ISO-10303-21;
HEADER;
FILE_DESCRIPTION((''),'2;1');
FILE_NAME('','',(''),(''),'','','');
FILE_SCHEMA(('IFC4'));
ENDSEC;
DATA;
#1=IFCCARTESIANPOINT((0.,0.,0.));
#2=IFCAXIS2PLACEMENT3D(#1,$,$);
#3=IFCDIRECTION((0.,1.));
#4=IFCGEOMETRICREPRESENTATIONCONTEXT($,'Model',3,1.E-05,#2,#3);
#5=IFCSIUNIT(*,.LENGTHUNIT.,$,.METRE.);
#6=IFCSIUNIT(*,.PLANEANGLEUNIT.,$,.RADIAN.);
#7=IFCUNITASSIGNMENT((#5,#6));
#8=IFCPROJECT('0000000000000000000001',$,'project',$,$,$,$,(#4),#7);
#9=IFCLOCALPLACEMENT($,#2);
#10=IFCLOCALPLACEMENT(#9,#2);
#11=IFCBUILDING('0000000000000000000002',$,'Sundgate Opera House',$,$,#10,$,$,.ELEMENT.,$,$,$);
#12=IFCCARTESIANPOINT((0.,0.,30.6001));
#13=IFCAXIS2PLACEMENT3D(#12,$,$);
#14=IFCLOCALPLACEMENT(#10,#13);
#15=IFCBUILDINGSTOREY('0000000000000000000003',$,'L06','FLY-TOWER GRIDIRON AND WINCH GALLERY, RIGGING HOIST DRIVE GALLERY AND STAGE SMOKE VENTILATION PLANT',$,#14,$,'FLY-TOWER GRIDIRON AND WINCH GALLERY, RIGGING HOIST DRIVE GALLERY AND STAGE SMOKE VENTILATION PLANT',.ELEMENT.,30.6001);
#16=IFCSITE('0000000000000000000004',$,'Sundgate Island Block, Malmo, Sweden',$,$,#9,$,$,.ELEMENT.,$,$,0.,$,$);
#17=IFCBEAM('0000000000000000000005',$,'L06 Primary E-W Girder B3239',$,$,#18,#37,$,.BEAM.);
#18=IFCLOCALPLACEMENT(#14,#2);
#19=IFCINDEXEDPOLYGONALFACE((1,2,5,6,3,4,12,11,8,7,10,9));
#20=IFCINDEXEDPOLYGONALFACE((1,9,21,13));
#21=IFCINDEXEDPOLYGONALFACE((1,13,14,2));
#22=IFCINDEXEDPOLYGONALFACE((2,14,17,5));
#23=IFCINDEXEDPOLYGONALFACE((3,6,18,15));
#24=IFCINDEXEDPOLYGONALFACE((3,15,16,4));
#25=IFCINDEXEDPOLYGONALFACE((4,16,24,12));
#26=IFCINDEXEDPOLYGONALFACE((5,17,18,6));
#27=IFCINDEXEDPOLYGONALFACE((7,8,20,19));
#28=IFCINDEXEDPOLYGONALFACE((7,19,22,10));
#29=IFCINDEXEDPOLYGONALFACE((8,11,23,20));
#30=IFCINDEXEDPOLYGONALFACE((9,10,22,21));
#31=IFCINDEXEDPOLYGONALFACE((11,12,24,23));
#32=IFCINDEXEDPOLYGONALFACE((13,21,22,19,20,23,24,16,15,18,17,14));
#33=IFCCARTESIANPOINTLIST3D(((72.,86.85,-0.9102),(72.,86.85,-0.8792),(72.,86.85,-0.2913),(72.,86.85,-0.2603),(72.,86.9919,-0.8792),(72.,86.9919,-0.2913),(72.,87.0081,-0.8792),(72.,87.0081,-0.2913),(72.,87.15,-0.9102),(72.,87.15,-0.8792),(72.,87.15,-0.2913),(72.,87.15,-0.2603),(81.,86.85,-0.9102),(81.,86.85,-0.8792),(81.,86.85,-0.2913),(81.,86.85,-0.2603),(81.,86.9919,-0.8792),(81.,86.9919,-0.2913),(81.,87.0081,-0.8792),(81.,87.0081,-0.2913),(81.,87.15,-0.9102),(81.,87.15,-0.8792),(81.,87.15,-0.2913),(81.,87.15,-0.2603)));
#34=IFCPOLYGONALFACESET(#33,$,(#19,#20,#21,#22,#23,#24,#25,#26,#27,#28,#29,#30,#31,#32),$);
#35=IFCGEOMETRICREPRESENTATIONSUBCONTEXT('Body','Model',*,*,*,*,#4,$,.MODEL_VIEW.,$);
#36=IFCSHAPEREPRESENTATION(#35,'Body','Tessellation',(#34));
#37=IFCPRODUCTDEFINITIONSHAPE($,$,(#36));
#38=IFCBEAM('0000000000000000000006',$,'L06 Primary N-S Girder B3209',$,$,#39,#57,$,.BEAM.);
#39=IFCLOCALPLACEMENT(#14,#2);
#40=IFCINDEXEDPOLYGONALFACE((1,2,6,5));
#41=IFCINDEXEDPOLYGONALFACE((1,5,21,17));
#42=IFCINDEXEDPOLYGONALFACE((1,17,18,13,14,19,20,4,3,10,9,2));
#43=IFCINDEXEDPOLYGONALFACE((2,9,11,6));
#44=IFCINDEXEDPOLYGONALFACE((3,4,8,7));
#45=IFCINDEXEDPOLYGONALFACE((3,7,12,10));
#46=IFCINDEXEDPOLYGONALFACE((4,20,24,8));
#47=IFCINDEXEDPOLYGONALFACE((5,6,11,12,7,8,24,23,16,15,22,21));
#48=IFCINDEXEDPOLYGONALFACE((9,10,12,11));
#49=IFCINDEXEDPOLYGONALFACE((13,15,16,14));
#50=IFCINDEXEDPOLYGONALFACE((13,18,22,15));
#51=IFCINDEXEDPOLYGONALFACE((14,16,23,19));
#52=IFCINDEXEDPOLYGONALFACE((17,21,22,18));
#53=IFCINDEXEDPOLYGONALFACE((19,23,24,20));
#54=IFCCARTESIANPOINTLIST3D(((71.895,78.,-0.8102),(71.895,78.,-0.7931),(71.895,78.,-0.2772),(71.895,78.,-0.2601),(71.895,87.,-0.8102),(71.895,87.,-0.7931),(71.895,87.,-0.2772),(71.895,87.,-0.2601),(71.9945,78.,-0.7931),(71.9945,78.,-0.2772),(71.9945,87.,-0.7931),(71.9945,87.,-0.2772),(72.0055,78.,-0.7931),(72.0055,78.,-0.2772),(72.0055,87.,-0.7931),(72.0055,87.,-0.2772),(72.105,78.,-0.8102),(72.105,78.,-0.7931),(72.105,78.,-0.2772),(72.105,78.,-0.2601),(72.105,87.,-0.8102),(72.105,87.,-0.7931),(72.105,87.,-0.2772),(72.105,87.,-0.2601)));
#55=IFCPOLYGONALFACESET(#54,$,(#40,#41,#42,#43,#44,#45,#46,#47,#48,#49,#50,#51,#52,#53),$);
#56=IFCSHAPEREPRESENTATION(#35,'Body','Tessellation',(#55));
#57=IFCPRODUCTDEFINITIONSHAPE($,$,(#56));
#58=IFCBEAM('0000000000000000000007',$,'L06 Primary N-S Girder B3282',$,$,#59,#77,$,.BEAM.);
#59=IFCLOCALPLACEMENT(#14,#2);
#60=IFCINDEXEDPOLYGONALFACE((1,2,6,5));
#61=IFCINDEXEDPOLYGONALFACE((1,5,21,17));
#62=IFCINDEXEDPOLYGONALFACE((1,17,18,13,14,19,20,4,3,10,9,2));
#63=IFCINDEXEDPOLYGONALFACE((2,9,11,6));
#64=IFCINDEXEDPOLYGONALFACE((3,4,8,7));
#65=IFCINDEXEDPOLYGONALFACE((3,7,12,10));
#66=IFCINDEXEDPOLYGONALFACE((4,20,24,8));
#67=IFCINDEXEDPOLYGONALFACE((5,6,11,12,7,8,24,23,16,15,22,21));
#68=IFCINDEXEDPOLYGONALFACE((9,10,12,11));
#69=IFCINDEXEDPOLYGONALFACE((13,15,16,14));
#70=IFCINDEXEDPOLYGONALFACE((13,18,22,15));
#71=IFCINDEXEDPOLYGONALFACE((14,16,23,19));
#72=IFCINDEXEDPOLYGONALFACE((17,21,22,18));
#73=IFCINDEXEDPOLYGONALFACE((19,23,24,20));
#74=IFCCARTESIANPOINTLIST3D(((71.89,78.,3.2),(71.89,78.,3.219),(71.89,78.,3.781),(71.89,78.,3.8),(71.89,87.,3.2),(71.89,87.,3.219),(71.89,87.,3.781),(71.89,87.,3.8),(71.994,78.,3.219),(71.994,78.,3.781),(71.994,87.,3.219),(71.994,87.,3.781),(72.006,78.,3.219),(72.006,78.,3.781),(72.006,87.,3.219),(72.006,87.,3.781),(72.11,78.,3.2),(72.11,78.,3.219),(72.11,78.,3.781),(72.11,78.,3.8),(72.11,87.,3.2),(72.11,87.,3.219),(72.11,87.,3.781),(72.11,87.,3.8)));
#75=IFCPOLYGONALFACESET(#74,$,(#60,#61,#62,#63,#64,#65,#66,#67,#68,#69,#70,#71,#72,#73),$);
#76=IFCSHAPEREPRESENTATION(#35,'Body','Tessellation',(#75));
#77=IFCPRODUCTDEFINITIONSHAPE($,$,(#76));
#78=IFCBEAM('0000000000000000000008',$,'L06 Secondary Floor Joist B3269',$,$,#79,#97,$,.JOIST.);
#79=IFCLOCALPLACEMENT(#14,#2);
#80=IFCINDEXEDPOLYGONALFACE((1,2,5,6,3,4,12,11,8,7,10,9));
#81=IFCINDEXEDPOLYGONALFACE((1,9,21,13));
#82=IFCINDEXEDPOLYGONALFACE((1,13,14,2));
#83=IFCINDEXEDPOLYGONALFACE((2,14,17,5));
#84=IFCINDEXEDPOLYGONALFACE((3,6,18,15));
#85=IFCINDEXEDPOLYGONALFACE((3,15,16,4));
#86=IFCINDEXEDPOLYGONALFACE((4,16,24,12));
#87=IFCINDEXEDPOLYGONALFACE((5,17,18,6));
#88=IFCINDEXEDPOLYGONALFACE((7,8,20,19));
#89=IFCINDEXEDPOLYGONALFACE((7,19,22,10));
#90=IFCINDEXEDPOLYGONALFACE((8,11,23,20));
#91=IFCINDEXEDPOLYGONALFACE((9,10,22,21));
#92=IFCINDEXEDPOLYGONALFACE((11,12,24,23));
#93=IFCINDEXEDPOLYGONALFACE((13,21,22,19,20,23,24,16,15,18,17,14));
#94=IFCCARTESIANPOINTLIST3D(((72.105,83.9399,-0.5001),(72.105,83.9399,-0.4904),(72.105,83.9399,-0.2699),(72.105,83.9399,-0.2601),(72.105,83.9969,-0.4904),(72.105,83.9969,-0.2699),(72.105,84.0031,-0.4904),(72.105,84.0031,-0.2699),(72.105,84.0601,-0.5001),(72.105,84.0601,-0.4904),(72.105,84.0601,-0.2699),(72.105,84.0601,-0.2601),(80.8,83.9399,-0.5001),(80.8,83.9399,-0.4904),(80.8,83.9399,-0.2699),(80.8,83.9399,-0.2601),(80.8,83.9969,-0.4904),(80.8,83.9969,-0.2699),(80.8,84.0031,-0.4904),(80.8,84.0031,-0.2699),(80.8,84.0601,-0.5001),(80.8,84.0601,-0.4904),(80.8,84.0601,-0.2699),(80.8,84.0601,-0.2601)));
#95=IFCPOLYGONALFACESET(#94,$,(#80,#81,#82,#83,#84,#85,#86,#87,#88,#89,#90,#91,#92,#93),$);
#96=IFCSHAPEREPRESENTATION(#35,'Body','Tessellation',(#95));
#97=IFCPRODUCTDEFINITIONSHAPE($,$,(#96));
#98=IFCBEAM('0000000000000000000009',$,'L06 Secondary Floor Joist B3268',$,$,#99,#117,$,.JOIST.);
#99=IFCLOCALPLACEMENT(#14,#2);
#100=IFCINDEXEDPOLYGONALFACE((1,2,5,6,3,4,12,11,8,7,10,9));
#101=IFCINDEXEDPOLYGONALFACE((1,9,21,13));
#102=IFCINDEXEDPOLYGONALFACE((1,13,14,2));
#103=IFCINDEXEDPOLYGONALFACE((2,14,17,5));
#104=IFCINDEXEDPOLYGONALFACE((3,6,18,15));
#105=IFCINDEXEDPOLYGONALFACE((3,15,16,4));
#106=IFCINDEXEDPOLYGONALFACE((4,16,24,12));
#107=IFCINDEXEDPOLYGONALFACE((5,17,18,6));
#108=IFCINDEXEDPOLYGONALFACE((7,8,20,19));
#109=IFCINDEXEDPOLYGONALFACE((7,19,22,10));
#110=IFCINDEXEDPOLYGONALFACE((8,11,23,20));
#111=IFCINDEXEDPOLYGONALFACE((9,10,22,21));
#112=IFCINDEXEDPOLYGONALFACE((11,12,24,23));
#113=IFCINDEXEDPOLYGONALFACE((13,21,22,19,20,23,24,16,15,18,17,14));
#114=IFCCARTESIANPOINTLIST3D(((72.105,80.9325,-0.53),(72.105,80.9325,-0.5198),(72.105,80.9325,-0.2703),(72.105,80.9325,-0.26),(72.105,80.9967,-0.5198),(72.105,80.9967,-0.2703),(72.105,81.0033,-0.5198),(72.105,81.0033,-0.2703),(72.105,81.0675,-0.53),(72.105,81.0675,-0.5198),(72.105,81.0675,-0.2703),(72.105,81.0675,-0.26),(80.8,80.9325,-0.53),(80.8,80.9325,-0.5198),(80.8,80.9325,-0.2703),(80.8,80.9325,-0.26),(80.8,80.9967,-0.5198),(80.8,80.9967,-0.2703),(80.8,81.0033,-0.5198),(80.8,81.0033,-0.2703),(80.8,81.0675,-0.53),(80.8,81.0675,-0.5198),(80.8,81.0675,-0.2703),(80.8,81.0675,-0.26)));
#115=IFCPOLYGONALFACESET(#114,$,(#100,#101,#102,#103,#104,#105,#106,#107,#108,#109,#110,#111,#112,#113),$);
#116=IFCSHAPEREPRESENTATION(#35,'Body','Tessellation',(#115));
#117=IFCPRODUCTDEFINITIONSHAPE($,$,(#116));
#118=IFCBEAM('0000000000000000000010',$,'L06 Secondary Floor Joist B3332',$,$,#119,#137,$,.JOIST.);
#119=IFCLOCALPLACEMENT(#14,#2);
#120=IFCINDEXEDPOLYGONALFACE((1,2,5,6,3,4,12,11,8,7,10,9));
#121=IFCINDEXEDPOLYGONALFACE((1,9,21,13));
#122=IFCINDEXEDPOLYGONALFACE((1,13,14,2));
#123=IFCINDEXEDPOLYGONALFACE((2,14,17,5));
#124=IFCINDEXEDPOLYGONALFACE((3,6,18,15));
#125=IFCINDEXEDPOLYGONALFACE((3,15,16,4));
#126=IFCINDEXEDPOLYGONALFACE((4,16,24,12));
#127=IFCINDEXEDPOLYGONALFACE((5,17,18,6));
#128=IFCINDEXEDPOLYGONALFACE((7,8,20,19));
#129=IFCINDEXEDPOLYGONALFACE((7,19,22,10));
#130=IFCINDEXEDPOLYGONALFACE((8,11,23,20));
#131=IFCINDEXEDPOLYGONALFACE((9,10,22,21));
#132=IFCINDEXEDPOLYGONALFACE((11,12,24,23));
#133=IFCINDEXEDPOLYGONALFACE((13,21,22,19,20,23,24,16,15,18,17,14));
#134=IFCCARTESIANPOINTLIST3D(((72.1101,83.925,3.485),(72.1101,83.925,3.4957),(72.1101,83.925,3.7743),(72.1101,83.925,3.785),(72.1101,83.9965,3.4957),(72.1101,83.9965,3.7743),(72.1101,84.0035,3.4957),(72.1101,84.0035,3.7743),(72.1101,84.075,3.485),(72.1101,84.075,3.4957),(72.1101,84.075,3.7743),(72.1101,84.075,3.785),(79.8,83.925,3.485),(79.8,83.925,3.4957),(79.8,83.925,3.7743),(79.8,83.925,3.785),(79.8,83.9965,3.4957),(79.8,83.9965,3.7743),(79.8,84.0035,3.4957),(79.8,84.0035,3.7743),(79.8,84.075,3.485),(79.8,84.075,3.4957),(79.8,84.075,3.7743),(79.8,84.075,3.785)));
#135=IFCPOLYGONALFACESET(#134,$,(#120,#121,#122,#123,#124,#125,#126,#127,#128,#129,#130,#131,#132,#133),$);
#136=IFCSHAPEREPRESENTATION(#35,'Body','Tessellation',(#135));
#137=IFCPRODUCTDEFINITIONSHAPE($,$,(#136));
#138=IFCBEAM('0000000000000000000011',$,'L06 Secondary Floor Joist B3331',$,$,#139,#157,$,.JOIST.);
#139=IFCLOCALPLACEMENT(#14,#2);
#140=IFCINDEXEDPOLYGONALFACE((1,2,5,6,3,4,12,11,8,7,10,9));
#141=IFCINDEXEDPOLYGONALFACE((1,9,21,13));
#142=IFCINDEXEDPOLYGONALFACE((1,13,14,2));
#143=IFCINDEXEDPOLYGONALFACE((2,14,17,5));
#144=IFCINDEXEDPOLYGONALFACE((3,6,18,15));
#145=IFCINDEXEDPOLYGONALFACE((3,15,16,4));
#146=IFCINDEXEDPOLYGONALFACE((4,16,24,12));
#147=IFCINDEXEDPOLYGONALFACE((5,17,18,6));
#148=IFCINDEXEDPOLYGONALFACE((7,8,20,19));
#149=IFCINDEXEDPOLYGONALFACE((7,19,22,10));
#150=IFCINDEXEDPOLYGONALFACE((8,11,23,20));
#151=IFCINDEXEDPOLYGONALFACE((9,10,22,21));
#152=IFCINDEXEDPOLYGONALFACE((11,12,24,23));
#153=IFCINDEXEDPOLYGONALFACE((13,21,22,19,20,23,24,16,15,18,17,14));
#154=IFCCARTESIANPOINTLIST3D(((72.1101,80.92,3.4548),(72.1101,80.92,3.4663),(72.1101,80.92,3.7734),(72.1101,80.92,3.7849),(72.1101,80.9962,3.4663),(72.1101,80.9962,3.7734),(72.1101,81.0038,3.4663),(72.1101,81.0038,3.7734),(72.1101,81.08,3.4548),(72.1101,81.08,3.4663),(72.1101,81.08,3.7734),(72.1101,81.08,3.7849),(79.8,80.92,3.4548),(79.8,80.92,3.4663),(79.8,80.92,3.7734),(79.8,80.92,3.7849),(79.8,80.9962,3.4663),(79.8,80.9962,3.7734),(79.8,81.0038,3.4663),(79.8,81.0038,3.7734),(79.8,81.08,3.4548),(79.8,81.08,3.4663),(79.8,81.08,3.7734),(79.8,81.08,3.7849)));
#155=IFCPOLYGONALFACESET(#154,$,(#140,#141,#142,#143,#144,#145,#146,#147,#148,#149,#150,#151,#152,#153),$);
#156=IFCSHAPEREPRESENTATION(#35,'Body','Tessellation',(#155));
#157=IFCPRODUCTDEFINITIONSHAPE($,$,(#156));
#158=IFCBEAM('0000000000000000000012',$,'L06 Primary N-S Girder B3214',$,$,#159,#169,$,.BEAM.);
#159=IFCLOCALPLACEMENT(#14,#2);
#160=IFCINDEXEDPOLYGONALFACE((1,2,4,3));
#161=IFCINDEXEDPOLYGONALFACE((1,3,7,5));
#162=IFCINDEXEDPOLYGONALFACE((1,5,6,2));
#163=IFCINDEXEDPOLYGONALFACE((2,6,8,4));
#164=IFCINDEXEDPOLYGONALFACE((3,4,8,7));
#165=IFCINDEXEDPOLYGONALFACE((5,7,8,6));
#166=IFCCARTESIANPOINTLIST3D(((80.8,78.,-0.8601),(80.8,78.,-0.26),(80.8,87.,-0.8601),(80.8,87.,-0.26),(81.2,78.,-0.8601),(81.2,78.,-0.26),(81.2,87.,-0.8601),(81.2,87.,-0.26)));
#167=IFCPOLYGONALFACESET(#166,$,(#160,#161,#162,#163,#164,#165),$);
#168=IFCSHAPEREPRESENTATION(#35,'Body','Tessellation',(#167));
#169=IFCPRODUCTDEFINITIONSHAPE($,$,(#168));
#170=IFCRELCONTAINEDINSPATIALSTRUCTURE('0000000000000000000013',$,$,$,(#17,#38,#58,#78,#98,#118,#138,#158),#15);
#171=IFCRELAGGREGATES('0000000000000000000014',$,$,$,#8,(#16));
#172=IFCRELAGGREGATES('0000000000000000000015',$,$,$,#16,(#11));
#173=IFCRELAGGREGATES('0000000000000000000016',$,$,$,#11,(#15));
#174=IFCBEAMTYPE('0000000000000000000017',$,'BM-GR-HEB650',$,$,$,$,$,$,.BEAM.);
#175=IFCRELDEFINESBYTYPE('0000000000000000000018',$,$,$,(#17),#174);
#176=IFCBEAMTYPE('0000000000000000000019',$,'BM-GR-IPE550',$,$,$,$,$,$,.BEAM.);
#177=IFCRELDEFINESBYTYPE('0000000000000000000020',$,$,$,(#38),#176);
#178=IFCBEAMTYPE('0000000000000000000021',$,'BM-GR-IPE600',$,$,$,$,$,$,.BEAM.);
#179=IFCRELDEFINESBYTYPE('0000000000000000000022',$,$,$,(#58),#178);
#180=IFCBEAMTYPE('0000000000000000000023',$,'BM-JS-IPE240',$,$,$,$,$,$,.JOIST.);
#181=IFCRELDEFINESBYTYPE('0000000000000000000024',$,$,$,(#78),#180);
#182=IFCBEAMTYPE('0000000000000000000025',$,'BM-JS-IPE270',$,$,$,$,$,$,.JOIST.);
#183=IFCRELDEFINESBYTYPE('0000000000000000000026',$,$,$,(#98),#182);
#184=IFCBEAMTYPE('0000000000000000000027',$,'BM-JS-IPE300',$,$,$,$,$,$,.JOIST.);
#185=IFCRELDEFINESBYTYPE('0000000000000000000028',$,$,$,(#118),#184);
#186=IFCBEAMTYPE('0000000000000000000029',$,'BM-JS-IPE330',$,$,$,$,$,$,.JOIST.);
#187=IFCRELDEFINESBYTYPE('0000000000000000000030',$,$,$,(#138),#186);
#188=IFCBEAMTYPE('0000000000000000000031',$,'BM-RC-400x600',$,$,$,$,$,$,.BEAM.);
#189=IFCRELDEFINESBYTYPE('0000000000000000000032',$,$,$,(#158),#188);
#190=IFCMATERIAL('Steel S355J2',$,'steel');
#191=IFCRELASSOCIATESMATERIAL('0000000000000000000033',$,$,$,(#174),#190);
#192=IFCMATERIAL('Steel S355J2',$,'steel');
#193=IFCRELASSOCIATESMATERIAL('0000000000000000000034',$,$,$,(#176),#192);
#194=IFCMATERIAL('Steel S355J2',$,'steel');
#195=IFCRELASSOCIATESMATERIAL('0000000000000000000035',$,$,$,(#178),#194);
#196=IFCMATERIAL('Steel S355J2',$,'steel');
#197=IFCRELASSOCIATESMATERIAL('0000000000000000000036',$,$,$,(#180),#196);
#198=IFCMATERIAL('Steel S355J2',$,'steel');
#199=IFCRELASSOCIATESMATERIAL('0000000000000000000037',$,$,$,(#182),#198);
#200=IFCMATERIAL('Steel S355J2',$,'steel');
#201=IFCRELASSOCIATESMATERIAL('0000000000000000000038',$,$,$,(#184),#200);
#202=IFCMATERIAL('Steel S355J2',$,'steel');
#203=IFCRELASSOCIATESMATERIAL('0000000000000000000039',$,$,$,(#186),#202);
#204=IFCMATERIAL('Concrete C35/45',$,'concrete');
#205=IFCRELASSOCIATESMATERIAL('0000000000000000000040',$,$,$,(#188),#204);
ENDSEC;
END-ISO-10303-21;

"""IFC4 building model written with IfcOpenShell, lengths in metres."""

from ifc_helpers import new_model, si_unit, direction, frame, origin, origin_2d, place, context, subcontext, project, spatial, rectangle, i_section, extrude, material, material_profile, profile_set, type_object, element, save


model = new_model("IFC4")

# Units and contexts
model_context = context("Model", 3, precision=1e-05, world=origin(), true_north=direction((0.0, 1.0)))
body_context = subcontext(model_context, "Body", "Model", "MODEL_VIEW")
ifc_project = project(units=[si_unit("LENGTHUNIT", "METRE"), si_unit("PLANEANGLEUNIT", "RADIAN")], contexts=[model_context])

# Site, building, storey
site_placement = place(None, origin())
site = spatial("IfcSite", under=ifc_project, at=site_placement, Name="Sundgate Island Block, Malmo, Sweden", CompositionType="ELEMENT", RefElevation=0.0)
building_placement = place(site_placement, origin())
building = spatial("IfcBuilding", under=site, at=building_placement, Name="Sundgate Opera House", CompositionType="ELEMENT")
storey_placement = place(building_placement, frame((0.0, 0.0, 30.6001)))
storey = spatial("IfcBuildingStorey", under=building, at=storey_placement, Name="L06", Description="FLY-TOWER GRIDIRON AND WINCH GALLERY, RIGGING HOIST DRIVE GALLERY AND STAGE SMOKE VENTILATION PLANT", LongName="FLY-TOWER GRIDIRON AND WINCH GALLERY, RIGGING HOIST DRIVE GALLERY AND STAGE SMOKE VENTILATION PLANT", CompositionType="ELEMENT", Elevation=30.6001)

# Beams
ifc_material_1 = material(Name="Steel S355J2", Category="steel")
ifc_material_profile_1 = material_profile(ifc_material_1, i_section(OverallWidth=0.3, OverallDepth=0.6499, WebThickness=0.0161, FlangeThickness=0.031, at=origin_2d()), Name="HEB 650")
ifc_profile_set_1 = profile_set([ifc_material_profile_1], Name="Steel S355J2")
beam_type_1 = type_object("IfcBeamType", Name="BM-GR-HEB650", PredefinedType="BEAM", material=ifc_profile_set_1)
beam_1_placement = place(storey_placement, frame((72.0, 87.0, -0.5852), z_axis=(1.0, 0.0, 0.0), x_axis=(0.0, 1.0, 0.0)))
element("IfcBeam", 1, at=beam_1_placement, inside=storey, type_object=beam_type_1, Name="L06 Primary E-W Girder B3239", PredefinedType="BEAM", context=body_context, shape_type="SweptSolid", body=[
    extrude(i_section(OverallWidth=0.3, OverallDepth=0.6499, WebThickness=0.0161, FlangeThickness=0.031, at=origin_2d()), origin(), (0.0, 0.0, 1.0), 9.0),
])
ifc_material_2 = material(Name="Steel S355J2", Category="steel")
ifc_material_profile_2 = material_profile(ifc_material_2, i_section(OverallWidth=0.21, OverallDepth=0.55, WebThickness=0.011, FlangeThickness=0.0171, at=origin_2d()), Name="IPE 550")
ifc_profile_set_2 = profile_set([ifc_material_profile_2], Name="Steel S355J2")
beam_type_2 = type_object("IfcBeamType", Name="BM-GR-IPE550", PredefinedType="BEAM", material=ifc_profile_set_2)
beam_2_placement = place(storey_placement, frame((72.0, 78.0, -0.5352), z_axis=(0.0, 1.0, 0.0), x_axis=(-1.0, 0.0, 0.0)))
element("IfcBeam", 2, at=beam_2_placement, inside=storey, type_object=beam_type_2, Name="L06 Primary N-S Girder B3209", PredefinedType="BEAM", context=body_context, shape_type="SweptSolid", body=[
    extrude(i_section(OverallWidth=0.21, OverallDepth=0.55, WebThickness=0.011, FlangeThickness=0.0171, at=origin_2d()), origin(), (0.0, 0.0, 1.0), 9.0),
])
ifc_material_3 = material(Name="Steel S355J2", Category="steel")
ifc_material_profile_3 = material_profile(ifc_material_3, i_section(OverallWidth=0.22, OverallDepth=0.6001, WebThickness=0.012, FlangeThickness=0.019, at=origin_2d()), Name="IPE 600")
ifc_profile_set_3 = profile_set([ifc_material_profile_3], Name="Steel S355J2")
beam_type_3 = type_object("IfcBeamType", Name="BM-GR-IPE600", PredefinedType="BEAM", material=ifc_profile_set_3)
beam_3_placement = place(storey_placement, frame((72.0, 78.0, 3.5), z_axis=(0.0, 1.0, 0.0), x_axis=(-1.0, 0.0, 0.0)))
element("IfcBeam", 3, at=beam_3_placement, inside=storey, type_object=beam_type_3, Name="L06 Primary N-S Girder B3282", PredefinedType="BEAM", context=body_context, shape_type="SweptSolid", body=[
    extrude(i_section(OverallWidth=0.22, OverallDepth=0.6001, WebThickness=0.012, FlangeThickness=0.019, at=origin_2d()), origin(), (0.0, 0.0, 1.0), 9.0),
])
ifc_material_4 = material(Name="Steel S355J2", Category="steel")
ifc_material_profile_4 = material_profile(ifc_material_4, i_section(OverallWidth=0.1201, OverallDepth=0.24, WebThickness=0.0061, FlangeThickness=0.0098, at=origin_2d()), Name="IPE 240")
ifc_profile_set_4 = profile_set([ifc_material_profile_4], Name="Steel S355J2")
beam_type_4 = type_object("IfcBeamType", Name="BM-JS-IPE240", PredefinedType="JOIST", material=ifc_profile_set_4)
beam_4_placement = place(storey_placement, frame((72.105, 84.0, -0.3801), z_axis=(1.0, 0.0, 0.0), x_axis=(0.0, 1.0, 0.0)))
element("IfcBeam", 4, at=beam_4_placement, inside=storey, type_object=beam_type_4, Name="L06 Secondary Floor Joist B3269", PredefinedType="JOIST", context=body_context, shape_type="SweptSolid", body=[
    extrude(i_section(OverallWidth=0.1201, OverallDepth=0.24, WebThickness=0.0061, FlangeThickness=0.0098, at=origin_2d()), origin(), (0.0, 0.0, 1.0), 8.6951),
])
ifc_material_5 = material(Name="Steel S355J2", Category="steel")
ifc_material_profile_5 = material_profile(ifc_material_5, i_section(OverallWidth=0.135, OverallDepth=0.27, WebThickness=0.0066, FlangeThickness=0.0103, at=origin_2d()), Name="IPE 270")
ifc_profile_set_5 = profile_set([ifc_material_profile_5], Name="Steel S355J2")
beam_type_5 = type_object("IfcBeamType", Name="BM-JS-IPE270", PredefinedType="JOIST", material=ifc_profile_set_5)
beam_5_placement = place(storey_placement, frame((72.105, 81.0, -0.395), z_axis=(1.0, 0.0, 0.0), x_axis=(0.0, 1.0, 0.0)))
element("IfcBeam", 5, at=beam_5_placement, inside=storey, type_object=beam_type_5, Name="L06 Secondary Floor Joist B3268", PredefinedType="JOIST", context=body_context, shape_type="SweptSolid", body=[
    extrude(i_section(OverallWidth=0.135, OverallDepth=0.27, WebThickness=0.0066, FlangeThickness=0.0103, at=origin_2d()), origin(), (0.0, 0.0, 1.0), 8.6951),
])
ifc_material_6 = material(Name="Steel S355J2", Category="steel")
ifc_material_profile_6 = material_profile(ifc_material_6, i_section(OverallWidth=0.1499, OverallDepth=0.3, WebThickness=0.0071, FlangeThickness=0.0107, at=origin_2d()), Name="IPE 300")
ifc_profile_set_6 = profile_set([ifc_material_profile_6], Name="Steel S355J2")
beam_type_6 = type_object("IfcBeamType", Name="BM-JS-IPE300", PredefinedType="JOIST", material=ifc_profile_set_6)
beam_6_placement = place(storey_placement, frame((72.1101, 84.0, 3.635), z_axis=(1.0, 0.0, 0.0), x_axis=(0.0, 1.0, 0.0)))
element("IfcBeam", 6, at=beam_6_placement, inside=storey, type_object=beam_type_6, Name="L06 Secondary Floor Joist B3332", PredefinedType="JOIST", context=body_context, shape_type="SweptSolid", body=[
    extrude(i_section(OverallWidth=0.1499, OverallDepth=0.3, WebThickness=0.0071, FlangeThickness=0.0107, at=origin_2d()), origin(), (0.0, 0.0, 1.0), 7.6899),
])
ifc_material_7 = material(Name="Steel S355J2", Category="steel")
ifc_material_profile_7 = material_profile(ifc_material_7, i_section(OverallWidth=0.1599, OverallDepth=0.3301, WebThickness=0.0076, FlangeThickness=0.0115, at=origin_2d()), Name="IPE 330")
ifc_profile_set_7 = profile_set([ifc_material_profile_7], Name="Steel S355J2")
beam_type_7 = type_object("IfcBeamType", Name="BM-JS-IPE330", PredefinedType="JOIST", material=ifc_profile_set_7)
beam_7_placement = place(storey_placement, frame((72.1101, 81.0, 3.6199), z_axis=(1.0, 0.0, 0.0), x_axis=(0.0, 1.0, 0.0)))
element("IfcBeam", 7, at=beam_7_placement, inside=storey, type_object=beam_type_7, Name="L06 Secondary Floor Joist B3331", PredefinedType="JOIST", context=body_context, shape_type="SweptSolid", body=[
    extrude(i_section(OverallWidth=0.1599, OverallDepth=0.3301, WebThickness=0.0076, FlangeThickness=0.0115, at=origin_2d()), origin(), (0.0, 0.0, 1.0), 7.6899),
])
ifc_material_8 = material(Name="Concrete C35/45", Category="concrete")
ifc_material_profile_8 = material_profile(ifc_material_8, rectangle(XDim=0.3999, YDim=0.6001, at=origin_2d()), Name="RC 400x600")
ifc_profile_set_8 = profile_set([ifc_material_profile_8], Name="Concrete C35/45")
beam_type_8 = type_object("IfcBeamType", Name="BM-RC-400x600", PredefinedType="BEAM", material=ifc_profile_set_8)
beam_8_placement = place(storey_placement, frame((81.0, 78.0, -0.5601), z_axis=(0.0, 1.0, 0.0), x_axis=(-1.0, 0.0, 0.0)))
element("IfcBeam", 8, at=beam_8_placement, inside=storey, type_object=beam_type_8, Name="L06 Primary N-S Girder B3214", PredefinedType="BEAM", context=body_context, shape_type="SweptSolid", body=[
    extrude(rectangle(XDim=0.3999, YDim=0.6001, at=origin_2d()), origin(), (0.0, 0.0, 1.0), 9.0),
])

save(model, "model.ifc")
